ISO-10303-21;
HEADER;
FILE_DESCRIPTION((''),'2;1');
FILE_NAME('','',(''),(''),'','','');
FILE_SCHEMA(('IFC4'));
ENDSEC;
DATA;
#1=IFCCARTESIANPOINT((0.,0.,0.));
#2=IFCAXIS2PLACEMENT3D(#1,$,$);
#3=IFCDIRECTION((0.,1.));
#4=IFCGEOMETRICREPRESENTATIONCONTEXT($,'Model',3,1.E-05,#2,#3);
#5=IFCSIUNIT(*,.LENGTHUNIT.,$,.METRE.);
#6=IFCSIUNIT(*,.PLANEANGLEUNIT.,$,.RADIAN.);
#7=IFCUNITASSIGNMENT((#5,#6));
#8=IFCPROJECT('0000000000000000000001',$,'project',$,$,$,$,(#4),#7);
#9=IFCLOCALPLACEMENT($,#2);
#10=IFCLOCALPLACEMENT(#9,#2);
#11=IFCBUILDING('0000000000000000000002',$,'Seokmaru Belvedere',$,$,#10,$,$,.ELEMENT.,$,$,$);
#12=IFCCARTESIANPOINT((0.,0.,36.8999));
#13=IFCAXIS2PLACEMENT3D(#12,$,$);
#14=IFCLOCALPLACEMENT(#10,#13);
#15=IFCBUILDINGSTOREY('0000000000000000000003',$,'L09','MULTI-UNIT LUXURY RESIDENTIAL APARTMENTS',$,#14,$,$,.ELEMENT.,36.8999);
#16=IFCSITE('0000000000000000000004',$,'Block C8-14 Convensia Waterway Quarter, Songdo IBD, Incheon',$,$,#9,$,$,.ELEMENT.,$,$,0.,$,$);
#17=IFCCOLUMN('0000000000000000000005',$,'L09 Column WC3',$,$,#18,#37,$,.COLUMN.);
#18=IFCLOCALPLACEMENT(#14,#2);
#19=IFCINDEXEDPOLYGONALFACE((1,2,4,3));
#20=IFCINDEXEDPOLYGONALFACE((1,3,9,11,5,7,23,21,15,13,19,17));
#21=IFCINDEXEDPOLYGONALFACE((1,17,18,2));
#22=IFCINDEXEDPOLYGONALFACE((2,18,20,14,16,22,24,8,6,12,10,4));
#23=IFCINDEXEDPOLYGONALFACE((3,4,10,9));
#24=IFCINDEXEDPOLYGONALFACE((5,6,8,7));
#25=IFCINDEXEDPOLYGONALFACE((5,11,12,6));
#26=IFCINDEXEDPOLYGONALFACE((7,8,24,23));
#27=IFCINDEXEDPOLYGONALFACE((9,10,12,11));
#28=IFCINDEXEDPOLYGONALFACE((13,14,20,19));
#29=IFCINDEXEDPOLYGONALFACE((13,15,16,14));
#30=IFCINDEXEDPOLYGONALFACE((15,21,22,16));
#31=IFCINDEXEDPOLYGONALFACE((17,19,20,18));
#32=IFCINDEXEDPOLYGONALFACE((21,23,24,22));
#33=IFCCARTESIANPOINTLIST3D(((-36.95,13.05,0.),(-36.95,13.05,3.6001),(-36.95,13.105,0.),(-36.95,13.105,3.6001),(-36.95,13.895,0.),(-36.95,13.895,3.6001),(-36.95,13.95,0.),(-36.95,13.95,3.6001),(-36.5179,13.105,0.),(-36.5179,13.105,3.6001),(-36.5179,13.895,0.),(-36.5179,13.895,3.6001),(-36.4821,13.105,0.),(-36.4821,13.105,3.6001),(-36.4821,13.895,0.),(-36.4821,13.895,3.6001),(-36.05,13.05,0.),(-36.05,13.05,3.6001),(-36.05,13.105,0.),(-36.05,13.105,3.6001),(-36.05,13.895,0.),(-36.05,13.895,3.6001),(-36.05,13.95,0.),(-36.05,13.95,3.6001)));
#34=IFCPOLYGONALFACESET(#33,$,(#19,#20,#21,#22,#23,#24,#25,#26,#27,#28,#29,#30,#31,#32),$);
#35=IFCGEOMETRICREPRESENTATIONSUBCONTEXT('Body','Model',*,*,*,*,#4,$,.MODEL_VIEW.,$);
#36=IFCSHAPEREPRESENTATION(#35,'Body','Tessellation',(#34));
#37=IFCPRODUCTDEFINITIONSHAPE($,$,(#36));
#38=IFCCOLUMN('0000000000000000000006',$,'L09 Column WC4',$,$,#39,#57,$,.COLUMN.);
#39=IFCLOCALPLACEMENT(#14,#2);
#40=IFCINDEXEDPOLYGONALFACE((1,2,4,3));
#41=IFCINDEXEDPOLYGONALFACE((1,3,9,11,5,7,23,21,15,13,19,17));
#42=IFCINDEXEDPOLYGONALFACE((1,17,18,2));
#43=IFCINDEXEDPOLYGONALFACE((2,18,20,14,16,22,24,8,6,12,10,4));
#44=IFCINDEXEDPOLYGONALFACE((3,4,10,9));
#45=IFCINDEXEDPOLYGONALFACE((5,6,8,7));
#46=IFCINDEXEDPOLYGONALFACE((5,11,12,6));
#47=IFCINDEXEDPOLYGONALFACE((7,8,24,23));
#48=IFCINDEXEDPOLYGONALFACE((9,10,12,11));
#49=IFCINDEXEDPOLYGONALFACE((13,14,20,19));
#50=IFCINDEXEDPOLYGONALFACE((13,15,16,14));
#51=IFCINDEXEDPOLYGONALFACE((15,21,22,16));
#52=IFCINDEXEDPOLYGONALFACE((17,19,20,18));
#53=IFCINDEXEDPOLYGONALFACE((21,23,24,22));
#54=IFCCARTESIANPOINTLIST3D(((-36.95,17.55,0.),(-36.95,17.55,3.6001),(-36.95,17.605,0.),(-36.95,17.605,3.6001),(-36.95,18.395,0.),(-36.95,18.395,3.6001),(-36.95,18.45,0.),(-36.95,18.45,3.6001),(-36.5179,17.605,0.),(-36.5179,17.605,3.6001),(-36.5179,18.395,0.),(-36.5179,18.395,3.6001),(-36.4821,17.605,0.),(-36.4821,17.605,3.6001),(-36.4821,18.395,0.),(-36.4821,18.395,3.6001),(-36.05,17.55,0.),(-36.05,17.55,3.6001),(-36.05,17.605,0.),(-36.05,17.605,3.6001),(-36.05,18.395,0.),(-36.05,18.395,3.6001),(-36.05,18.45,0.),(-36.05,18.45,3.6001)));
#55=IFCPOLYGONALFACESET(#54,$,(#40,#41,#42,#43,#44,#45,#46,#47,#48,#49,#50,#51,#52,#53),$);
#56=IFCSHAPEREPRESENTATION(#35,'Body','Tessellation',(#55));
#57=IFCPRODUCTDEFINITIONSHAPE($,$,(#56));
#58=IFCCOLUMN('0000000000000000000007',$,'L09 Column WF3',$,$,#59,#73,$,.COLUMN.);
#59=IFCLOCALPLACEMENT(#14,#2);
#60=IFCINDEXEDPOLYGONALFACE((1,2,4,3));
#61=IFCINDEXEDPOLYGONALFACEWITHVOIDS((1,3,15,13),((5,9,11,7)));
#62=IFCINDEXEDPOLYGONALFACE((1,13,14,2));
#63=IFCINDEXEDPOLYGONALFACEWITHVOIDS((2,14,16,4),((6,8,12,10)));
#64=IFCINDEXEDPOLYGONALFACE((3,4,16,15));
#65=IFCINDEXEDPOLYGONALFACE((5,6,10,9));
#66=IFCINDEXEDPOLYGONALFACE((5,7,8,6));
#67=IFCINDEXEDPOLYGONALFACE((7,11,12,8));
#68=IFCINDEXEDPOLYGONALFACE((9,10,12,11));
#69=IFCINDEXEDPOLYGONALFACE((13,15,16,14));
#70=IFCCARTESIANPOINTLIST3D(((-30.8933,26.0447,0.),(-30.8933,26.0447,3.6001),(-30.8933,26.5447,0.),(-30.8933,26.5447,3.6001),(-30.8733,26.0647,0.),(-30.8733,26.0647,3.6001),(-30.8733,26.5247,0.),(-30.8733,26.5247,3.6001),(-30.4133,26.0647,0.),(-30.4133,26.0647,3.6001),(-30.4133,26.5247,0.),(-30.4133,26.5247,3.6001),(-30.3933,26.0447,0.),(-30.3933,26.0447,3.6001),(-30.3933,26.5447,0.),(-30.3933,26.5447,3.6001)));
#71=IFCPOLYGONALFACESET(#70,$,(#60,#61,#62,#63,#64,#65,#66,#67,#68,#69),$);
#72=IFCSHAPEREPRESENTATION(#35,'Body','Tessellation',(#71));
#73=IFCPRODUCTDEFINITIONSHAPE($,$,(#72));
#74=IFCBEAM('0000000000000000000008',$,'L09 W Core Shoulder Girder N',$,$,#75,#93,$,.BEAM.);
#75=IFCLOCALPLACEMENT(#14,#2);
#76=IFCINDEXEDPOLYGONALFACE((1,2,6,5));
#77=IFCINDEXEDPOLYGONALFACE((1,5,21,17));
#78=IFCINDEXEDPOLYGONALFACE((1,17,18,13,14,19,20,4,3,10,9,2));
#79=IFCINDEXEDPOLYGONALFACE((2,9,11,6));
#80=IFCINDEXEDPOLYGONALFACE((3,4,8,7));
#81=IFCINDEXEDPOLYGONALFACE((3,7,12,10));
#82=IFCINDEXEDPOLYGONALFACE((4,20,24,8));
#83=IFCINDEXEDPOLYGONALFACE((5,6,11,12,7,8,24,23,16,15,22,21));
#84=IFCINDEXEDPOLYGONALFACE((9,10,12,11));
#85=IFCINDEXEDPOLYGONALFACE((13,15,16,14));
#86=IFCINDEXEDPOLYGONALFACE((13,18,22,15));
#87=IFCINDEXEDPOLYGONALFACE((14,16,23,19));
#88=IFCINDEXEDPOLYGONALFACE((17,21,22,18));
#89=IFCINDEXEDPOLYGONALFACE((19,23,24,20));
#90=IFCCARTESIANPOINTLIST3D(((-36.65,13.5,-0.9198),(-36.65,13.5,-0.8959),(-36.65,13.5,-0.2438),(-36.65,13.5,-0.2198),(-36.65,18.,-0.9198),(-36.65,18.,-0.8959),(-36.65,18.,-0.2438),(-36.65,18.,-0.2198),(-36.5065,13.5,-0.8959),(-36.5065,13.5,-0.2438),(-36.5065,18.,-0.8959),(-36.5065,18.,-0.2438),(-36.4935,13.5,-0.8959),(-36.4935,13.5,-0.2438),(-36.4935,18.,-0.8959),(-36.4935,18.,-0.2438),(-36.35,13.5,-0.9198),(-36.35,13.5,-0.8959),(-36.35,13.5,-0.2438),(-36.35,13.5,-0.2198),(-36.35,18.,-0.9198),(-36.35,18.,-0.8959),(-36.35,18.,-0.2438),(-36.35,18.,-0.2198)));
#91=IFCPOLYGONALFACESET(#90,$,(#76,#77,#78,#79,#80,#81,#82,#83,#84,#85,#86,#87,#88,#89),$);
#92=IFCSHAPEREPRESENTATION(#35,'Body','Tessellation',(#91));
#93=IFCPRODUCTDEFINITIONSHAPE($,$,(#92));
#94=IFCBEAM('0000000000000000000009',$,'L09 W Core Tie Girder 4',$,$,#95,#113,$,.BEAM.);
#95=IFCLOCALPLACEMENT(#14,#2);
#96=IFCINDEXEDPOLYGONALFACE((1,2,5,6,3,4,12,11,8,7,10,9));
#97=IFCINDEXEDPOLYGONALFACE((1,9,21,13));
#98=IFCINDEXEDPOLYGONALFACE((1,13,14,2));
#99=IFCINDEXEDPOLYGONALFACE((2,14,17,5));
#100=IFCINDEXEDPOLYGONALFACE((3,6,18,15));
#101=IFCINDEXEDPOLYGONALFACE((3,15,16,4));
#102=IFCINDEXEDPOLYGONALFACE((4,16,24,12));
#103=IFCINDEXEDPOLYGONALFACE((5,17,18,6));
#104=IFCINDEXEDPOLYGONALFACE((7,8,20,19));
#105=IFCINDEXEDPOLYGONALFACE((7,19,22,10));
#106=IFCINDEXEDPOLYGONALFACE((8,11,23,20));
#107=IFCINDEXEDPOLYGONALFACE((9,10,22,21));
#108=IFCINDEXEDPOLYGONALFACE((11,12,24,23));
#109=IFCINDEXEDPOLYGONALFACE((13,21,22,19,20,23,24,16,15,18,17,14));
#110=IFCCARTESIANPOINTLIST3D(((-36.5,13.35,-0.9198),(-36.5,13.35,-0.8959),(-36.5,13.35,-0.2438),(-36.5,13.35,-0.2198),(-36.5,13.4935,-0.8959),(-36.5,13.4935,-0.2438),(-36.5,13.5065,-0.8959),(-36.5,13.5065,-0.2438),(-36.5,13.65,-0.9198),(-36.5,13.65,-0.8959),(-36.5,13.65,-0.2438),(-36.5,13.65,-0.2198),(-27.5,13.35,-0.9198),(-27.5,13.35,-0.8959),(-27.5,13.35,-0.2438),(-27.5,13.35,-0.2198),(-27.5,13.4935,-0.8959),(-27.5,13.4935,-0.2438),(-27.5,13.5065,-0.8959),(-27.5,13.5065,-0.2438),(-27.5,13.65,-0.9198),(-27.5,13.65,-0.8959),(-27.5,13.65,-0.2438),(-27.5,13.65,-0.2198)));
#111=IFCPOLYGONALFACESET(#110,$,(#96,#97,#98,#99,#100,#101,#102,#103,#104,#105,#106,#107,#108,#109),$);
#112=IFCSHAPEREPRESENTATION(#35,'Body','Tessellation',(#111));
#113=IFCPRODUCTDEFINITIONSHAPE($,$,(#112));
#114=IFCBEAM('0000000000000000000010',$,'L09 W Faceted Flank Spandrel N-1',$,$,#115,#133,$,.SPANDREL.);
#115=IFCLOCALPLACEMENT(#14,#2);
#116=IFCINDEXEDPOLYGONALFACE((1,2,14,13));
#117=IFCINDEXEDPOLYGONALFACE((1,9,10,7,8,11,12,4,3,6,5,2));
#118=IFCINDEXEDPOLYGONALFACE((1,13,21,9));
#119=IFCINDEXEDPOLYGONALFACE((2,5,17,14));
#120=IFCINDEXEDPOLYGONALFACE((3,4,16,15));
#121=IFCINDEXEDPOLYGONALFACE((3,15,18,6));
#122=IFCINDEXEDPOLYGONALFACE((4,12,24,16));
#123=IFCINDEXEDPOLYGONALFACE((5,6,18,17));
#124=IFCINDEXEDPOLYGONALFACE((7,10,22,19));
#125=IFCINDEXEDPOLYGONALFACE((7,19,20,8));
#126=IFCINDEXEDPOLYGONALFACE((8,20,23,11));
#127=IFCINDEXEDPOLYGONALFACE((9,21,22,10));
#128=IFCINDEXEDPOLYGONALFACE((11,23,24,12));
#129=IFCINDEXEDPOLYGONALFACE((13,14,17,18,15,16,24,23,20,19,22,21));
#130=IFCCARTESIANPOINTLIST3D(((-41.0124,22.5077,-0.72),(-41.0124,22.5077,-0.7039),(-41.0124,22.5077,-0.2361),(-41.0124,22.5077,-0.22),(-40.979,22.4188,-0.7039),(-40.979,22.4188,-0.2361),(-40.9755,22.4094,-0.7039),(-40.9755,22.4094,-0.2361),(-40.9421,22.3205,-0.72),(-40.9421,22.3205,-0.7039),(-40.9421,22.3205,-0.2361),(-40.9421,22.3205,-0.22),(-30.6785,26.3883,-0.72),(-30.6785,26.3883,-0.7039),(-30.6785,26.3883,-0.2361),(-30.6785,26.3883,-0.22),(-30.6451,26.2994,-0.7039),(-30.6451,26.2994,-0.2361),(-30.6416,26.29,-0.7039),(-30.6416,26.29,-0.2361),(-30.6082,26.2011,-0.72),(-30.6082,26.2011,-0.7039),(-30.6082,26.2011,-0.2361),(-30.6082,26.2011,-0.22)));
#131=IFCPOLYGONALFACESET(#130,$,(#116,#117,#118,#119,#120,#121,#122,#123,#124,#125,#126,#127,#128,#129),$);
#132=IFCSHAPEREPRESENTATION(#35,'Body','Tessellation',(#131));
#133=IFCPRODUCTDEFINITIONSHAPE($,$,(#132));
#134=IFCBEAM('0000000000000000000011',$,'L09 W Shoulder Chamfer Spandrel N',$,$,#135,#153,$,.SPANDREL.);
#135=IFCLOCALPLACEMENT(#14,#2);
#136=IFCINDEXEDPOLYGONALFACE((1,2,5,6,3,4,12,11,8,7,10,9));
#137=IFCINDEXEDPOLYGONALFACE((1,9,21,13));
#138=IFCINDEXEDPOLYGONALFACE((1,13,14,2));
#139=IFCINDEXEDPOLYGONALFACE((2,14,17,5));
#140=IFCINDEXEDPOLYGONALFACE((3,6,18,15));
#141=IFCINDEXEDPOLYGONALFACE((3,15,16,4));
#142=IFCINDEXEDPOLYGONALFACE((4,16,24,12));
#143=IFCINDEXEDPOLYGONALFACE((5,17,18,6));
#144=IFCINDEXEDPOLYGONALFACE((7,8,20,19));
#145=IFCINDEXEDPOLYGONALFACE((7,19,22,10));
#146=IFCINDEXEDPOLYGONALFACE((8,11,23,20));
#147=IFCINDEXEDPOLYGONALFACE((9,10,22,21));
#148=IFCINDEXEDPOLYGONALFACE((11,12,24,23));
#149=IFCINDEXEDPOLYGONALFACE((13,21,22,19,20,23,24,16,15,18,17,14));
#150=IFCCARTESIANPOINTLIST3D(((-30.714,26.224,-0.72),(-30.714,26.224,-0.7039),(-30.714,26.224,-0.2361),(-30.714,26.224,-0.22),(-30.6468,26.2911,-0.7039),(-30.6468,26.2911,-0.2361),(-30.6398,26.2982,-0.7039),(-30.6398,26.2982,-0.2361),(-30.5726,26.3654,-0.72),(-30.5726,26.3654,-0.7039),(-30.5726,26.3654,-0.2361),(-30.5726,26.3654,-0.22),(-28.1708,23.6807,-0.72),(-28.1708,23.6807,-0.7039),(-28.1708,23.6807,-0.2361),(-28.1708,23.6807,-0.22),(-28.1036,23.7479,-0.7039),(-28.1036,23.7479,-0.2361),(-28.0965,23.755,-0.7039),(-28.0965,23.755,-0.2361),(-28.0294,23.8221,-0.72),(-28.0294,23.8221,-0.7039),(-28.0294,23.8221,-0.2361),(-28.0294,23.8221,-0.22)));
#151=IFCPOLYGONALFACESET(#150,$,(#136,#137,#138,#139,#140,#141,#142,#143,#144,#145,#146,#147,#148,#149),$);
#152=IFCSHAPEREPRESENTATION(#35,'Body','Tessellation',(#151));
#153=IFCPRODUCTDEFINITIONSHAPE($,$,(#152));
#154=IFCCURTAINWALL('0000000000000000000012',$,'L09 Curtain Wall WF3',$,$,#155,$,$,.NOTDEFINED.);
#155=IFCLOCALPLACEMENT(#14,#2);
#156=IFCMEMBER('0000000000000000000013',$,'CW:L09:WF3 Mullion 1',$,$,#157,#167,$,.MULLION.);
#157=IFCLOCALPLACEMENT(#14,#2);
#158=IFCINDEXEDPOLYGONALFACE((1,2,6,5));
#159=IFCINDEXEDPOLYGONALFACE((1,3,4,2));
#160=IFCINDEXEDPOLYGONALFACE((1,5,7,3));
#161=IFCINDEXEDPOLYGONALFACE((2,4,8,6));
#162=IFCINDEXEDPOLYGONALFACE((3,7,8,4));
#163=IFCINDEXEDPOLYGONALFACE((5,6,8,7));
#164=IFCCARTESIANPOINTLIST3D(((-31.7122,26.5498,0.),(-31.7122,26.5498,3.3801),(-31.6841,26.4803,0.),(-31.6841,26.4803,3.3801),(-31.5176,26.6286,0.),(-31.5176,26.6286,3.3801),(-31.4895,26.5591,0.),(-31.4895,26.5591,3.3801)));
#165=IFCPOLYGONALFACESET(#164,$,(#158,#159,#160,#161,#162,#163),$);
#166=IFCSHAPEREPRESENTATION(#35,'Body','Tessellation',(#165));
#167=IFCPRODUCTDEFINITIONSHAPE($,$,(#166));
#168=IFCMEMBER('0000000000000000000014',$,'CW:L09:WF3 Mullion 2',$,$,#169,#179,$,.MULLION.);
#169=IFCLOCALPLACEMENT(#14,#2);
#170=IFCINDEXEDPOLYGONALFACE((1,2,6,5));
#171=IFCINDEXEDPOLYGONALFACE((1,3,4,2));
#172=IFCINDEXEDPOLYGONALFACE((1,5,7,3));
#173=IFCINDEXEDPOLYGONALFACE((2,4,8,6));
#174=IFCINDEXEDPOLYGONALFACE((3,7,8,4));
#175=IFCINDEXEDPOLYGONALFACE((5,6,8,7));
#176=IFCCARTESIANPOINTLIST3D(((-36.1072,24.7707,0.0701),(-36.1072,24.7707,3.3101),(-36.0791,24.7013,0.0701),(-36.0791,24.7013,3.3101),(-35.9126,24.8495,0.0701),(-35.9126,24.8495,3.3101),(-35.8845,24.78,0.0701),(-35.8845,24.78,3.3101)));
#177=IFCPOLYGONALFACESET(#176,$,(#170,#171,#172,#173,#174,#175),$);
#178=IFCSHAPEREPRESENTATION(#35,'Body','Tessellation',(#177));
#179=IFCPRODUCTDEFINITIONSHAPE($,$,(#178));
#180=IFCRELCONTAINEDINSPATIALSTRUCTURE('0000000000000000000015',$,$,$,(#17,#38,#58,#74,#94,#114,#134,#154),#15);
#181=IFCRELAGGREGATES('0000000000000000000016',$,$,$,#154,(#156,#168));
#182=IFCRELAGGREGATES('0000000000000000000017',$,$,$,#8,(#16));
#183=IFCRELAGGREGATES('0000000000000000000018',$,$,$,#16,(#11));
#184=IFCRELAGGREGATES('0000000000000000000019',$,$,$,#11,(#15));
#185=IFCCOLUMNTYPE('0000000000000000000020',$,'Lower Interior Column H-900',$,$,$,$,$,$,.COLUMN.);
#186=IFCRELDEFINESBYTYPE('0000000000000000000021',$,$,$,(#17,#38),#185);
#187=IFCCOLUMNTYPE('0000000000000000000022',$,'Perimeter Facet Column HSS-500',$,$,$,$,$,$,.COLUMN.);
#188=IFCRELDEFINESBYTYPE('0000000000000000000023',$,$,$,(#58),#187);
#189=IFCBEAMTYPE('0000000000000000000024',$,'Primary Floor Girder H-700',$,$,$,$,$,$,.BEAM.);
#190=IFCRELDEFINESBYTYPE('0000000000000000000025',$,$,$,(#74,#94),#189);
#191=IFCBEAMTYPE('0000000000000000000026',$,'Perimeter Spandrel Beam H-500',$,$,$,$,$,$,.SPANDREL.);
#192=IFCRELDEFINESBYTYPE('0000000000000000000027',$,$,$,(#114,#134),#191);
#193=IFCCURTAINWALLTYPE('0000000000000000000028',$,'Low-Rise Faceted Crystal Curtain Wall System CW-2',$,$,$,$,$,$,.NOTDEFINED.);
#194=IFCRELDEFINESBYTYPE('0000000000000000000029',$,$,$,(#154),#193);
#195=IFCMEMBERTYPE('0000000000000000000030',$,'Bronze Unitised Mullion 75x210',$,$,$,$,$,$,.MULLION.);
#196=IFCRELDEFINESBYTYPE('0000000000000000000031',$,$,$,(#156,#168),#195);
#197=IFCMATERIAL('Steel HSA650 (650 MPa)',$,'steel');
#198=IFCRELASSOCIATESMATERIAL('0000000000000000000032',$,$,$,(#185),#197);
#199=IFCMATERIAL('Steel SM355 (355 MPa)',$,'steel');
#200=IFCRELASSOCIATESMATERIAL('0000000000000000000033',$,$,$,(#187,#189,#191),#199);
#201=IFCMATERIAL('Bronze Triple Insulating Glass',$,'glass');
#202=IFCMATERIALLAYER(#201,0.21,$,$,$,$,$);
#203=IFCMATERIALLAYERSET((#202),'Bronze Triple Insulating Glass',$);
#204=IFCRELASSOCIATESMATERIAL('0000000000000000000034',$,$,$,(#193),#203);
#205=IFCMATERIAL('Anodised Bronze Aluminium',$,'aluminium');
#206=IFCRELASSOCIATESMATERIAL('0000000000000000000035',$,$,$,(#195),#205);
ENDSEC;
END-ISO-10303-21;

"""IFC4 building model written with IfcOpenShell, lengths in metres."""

from ifc_helpers import new_model, si_unit, direction, frame, origin, origin_2d, place, context, subcontext, project, spatial, rectangle, hollow_rectangle, i_section, extrude, source, transform, mapped, material, layer, layer_set, material_profile, profile_set, type_object, type_shapes, element, aggregate, save


model = new_model("IFC4")

# Units and contexts
model_context = context("Model", 3, precision=1e-05, world=origin(), true_north=direction((0.0, 1.0)))
body_context = subcontext(model_context, "Body", "Model", "MODEL_VIEW")
ifc_project = project(units=[si_unit("LENGTHUNIT", "METRE"), si_unit("PLANEANGLEUNIT", "RADIAN")], contexts=[model_context])

# Site, building, storey
site_placement = place(None, origin())
site = spatial("IfcSite", under=ifc_project, at=site_placement, Name="Block C8-14 Convensia Waterway Quarter, Songdo IBD, Incheon", CompositionType="ELEMENT", RefElevation=0.0)
building_placement = place(site_placement, origin())
building = spatial("IfcBuilding", under=site, at=building_placement, Name="Seokmaru Belvedere", CompositionType="ELEMENT")
storey_placement = place(building_placement, frame((0.0, 0.0, 36.8999)))
storey = spatial("IfcBuildingStorey", under=building, at=storey_placement, Name="L09", Description="MULTI-UNIT LUXURY RESIDENTIAL APARTMENTS", CompositionType="ELEMENT", Elevation=36.8999)

# Columns
ifc_material_1 = material(Name="Steel HSA650 (650 MPa)", Category="steel")
ifc_material_profile_1 = material_profile(ifc_material_1, i_section(OverallWidth=0.8999, OverallDepth=0.8999, WebThickness=0.0359, FlangeThickness=0.0549, at=origin_2d()), Name="H-900x900x36x55")
ifc_profile_set_1 = profile_set([ifc_material_profile_1], Name="Steel HSA650 (650 MPa)")
column_type_1 = type_object("IfcColumnType", Name="Lower Interior Column H-900", PredefinedType="COLUMN", material=ifc_profile_set_1)
shared_shape_1 = source(origin(), body_context, "Body", "SweptSolid", [
    extrude(i_section(OverallWidth=0.8999, OverallDepth=0.8999, WebThickness=0.0359, FlangeThickness=0.0549, at=origin_2d()), origin(), (0.0, 0.0, 1.0), 3.6001),
])
type_shapes(column_type_1, [shared_shape_1])
for number, where, z_axis, x_axis, name in (
    (1, (-36.5, 13.5, 0.0), (0.0, 0.0, 1.0), (1.0, 0.0, 0.0), "L09 Column WC3"),
    (2, (-36.5, 18.0, 0.0), (0.0, 0.0, 1.0), (1.0, 0.0, 0.0), "L09 Column WC4"),
):
    element("IfcColumn", number, at=place(storey_placement, frame(where, z_axis=z_axis, x_axis=x_axis)), inside=storey, type_object=column_type_1, Name=name, PredefinedType="COLUMN", context=body_context, shape_type="MappedRepresentation", body=[
        mapped(shared_shape_1, transform((0.0, 0.0, 0.0), scale=1.0)),
    ])
ifc_material_2 = material(Name="Steel SM355 (355 MPa)", Category="steel")
ifc_material_profile_2 = material_profile(ifc_material_2, hollow_rectangle(XDim=0.5, YDim=0.5, WallThickness=0.02, at=origin_2d()), Name="HSS-500x500x20")
ifc_profile_set_2 = profile_set([ifc_material_profile_2], Name="Steel SM355 (355 MPa)")
column_type_2 = type_object("IfcColumnType", Name="Perimeter Facet Column HSS-500", PredefinedType="COLUMN", material=ifc_profile_set_2)
shared_shape_2 = source(origin(), body_context, "Body", "SweptSolid", [
    extrude(hollow_rectangle(XDim=0.5, YDim=0.5, WallThickness=0.02, at=origin_2d()), origin(), (0.0, 0.0, 1.0), 3.6001),
])
type_shapes(column_type_2, [shared_shape_2])
column_placement = place(storey_placement, frame((-30.6433, 26.2947, 0.0), z_axis=(0.0, 0.0, 1.0), x_axis=(1.0, 0.0, 0.0)))
element("IfcColumn", 3, at=column_placement, inside=storey, type_object=column_type_2, Name="L09 Column WF3", PredefinedType="COLUMN", context=body_context, shape_type="MappedRepresentation", body=[
    mapped(shared_shape_2, transform((0.0, 0.0, 0.0), scale=1.0)),
])

# Beams
ifc_material_profile_3 = material_profile(ifc_material_2, i_section(OverallWidth=0.3, OverallDepth=0.7, WebThickness=0.0129, FlangeThickness=0.0239, at=origin_2d()), Name="H-700x300x13x24")
ifc_profile_set_3 = profile_set([ifc_material_profile_3], Name="Steel SM355 (355 MPa)")
beam_type_1 = type_object("IfcBeamType", Name="Primary Floor Girder H-700", PredefinedType="BEAM", material=ifc_profile_set_3)
shared_shape_3 = source(origin(), body_context, "Body", "SweptSolid", [
    extrude(i_section(OverallWidth=0.3, OverallDepth=0.7, WebThickness=0.0129, FlangeThickness=0.0239, at=origin_2d()), origin(), (0.0, 0.0, 1.0), 4.5),
])
beam_1_placement = place(storey_placement, frame((-36.5, 13.5, -0.5698), z_axis=(0.0, 1.0, 0.0), x_axis=(-1.0, 0.0, 0.0)))
element("IfcBeam", 4, at=beam_1_placement, inside=storey, type_object=beam_type_1, Name="L09 W Core Shoulder Girder N", PredefinedType="BEAM", context=body_context, shape_type="MappedRepresentation", body=[
    mapped(shared_shape_3, transform((0.0, 0.0, 0.0), scale=1.0)),
])
shared_shape_4 = source(origin(), body_context, "Body", "SweptSolid", [
    extrude(i_section(OverallWidth=0.3, OverallDepth=0.7, WebThickness=0.0129, FlangeThickness=0.0239, at=origin_2d()), origin(), (0.0, 0.0, 1.0), 9.0),
])
type_shapes(beam_type_1, [shared_shape_3, shared_shape_4])
beam_2_placement = place(storey_placement, frame((-36.5, 13.5, -0.5698), z_axis=(1.0, 0.0, 0.0), x_axis=(0.0, 1.0, 0.0)))
element("IfcBeam", 5, at=beam_2_placement, inside=storey, type_object=beam_type_1, Name="L09 W Core Tie Girder 4", PredefinedType="BEAM", context=body_context, shape_type="MappedRepresentation", body=[
    mapped(shared_shape_4, transform((0.0, 0.0, 0.0), scale=1.0)),
])
ifc_material_profile_4 = material_profile(ifc_material_2, i_section(OverallWidth=0.2, OverallDepth=0.5, WebThickness=0.01, FlangeThickness=0.0161, at=origin_2d()), Name="H-500x200x10x16")
ifc_profile_set_4 = profile_set([ifc_material_profile_4], Name="Steel SM355 (355 MPa)")
beam_type_2 = type_object("IfcBeamType", Name="Perimeter Spandrel Beam H-500", PredefinedType="SPANDREL", material=ifc_profile_set_4)
shared_shape_5 = source(origin(), body_context, "Body", "SweptSolid", [
    extrude(i_section(OverallWidth=0.2, OverallDepth=0.5, WebThickness=0.01, FlangeThickness=0.0161, at=origin_2d()), origin(), (0.0, 0.0, 1.0), 11.0386),
])
beam_3_placement = place(storey_placement, frame((-30.6433, 26.2947, -0.47), z_axis=(-0.936169, -0.35155, 0.0), x_axis=(0.35155, -0.936169, 0.0)))
element("IfcBeam", 6, at=beam_3_placement, inside=storey, type_object=beam_type_2, Name="L09 W Faceted Flank Spandrel N-1", PredefinedType="SPANDREL", context=body_context, shape_type="MappedRepresentation", body=[
    mapped(shared_shape_5, transform((0.0, 0.0, 0.0), scale=1.0)),
])
shared_shape_6 = source(origin(), body_context, "Body", "SweptSolid", [
    extrude(i_section(OverallWidth=0.2, OverallDepth=0.5, WebThickness=0.01, FlangeThickness=0.0161, at=origin_2d()), origin(), (0.0, 0.0, 1.0), 3.5967),
])
type_shapes(beam_type_2, [shared_shape_5, shared_shape_6])
beam_4_placement = place(storey_placement, frame((-30.6433, 26.2947, -0.47), z_axis=(0.707107, -0.707107, 0.0), x_axis=(0.707107, 0.707107, 0.0)))
element("IfcBeam", 7, at=beam_4_placement, inside=storey, type_object=beam_type_2, Name="L09 W Shoulder Chamfer Spandrel N", PredefinedType="SPANDREL", context=body_context, shape_type="MappedRepresentation", body=[
    mapped(shared_shape_6, transform((0.0, 0.0, 0.0), scale=1.0)),
])

# Curtain wall, members
ifc_material_3 = material(Name="Bronze Triple Insulating Glass", Category="glass")
ifc_layer_1 = layer(ifc_material_3, 0.21)
ifc_layer_set_1 = layer_set([ifc_layer_1], Name="Bronze Triple Insulating Glass")
curtain_wall_type = type_object("IfcCurtainWallType", Name="Low-Rise Faceted Crystal Curtain Wall System CW-2", PredefinedType="NOTDEFINED", material=ifc_layer_set_1)
curtain_wall_placement = place(storey_placement, origin())
curtain_wall = element("IfcCurtainWall", 8, at=curtain_wall_placement, inside=storey, type_object=curtain_wall_type, Name="L09 Curtain Wall WF3", PredefinedType="NOTDEFINED")
ifc_material_4 = material(Name="Anodised Bronze Aluminium", Category="aluminium")
ifc_material_profile_5 = material_profile(ifc_material_4, rectangle(XDim=0.075, YDim=0.21, at=origin_2d()), Name="CW-M-75x210")
ifc_profile_set_5 = profile_set([ifc_material_profile_5], Name="Anodised Bronze Aluminium")
member_type_1 = type_object("IfcMemberType", Name="Bronze Unitised Mullion 75x210", PredefinedType="MULLION", material=ifc_profile_set_5)
shared_shape_7 = source(origin(), body_context, "Body", "SweptSolid", [
    extrude(rectangle(XDim=0.075, YDim=0.21, at=origin_2d()), origin(), (0.0, 0.0, 1.0), 3.3801),
])
member_1_placement = place(storey_placement, frame((-31.6008, 26.5544, 0.0), z_axis=(0.0, 0.0, 1.0), x_axis=(0.375192, -0.926947, 0.0)))
member_1 = element("IfcMember", 9, at=member_1_placement, type_object=member_type_1, Name="CW:L09:WF3 Mullion 1", PredefinedType="MULLION", context=body_context, shape_type="MappedRepresentation", body=[
    mapped(shared_shape_7, transform((0.0, 0.0, 0.0), scale=1.0)),
])
shared_shape_8 = source(origin(), body_context, "Body", "SweptSolid", [
    extrude(rectangle(XDim=0.075, YDim=0.21, at=origin_2d()), origin(), (0.0, 0.0, 1.0), 3.24),
])
type_shapes(member_type_1, [shared_shape_7, shared_shape_8])
member_2_placement = place(storey_placement, frame((-35.9958, 24.7754, 0.0701), z_axis=(0.0, 0.0, 1.0), x_axis=(0.375192, -0.926947, 0.0)))
member_2 = element("IfcMember", 10, at=member_2_placement, type_object=member_type_1, Name="CW:L09:WF3 Mullion 2", PredefinedType="MULLION", context=body_context, shape_type="MappedRepresentation", body=[
    mapped(shared_shape_8, transform((0.0, 0.0, 0.0), scale=1.0)),
])
aggregate(curtain_wall, [member_1, member_2])

save(model, "model.ifc")
